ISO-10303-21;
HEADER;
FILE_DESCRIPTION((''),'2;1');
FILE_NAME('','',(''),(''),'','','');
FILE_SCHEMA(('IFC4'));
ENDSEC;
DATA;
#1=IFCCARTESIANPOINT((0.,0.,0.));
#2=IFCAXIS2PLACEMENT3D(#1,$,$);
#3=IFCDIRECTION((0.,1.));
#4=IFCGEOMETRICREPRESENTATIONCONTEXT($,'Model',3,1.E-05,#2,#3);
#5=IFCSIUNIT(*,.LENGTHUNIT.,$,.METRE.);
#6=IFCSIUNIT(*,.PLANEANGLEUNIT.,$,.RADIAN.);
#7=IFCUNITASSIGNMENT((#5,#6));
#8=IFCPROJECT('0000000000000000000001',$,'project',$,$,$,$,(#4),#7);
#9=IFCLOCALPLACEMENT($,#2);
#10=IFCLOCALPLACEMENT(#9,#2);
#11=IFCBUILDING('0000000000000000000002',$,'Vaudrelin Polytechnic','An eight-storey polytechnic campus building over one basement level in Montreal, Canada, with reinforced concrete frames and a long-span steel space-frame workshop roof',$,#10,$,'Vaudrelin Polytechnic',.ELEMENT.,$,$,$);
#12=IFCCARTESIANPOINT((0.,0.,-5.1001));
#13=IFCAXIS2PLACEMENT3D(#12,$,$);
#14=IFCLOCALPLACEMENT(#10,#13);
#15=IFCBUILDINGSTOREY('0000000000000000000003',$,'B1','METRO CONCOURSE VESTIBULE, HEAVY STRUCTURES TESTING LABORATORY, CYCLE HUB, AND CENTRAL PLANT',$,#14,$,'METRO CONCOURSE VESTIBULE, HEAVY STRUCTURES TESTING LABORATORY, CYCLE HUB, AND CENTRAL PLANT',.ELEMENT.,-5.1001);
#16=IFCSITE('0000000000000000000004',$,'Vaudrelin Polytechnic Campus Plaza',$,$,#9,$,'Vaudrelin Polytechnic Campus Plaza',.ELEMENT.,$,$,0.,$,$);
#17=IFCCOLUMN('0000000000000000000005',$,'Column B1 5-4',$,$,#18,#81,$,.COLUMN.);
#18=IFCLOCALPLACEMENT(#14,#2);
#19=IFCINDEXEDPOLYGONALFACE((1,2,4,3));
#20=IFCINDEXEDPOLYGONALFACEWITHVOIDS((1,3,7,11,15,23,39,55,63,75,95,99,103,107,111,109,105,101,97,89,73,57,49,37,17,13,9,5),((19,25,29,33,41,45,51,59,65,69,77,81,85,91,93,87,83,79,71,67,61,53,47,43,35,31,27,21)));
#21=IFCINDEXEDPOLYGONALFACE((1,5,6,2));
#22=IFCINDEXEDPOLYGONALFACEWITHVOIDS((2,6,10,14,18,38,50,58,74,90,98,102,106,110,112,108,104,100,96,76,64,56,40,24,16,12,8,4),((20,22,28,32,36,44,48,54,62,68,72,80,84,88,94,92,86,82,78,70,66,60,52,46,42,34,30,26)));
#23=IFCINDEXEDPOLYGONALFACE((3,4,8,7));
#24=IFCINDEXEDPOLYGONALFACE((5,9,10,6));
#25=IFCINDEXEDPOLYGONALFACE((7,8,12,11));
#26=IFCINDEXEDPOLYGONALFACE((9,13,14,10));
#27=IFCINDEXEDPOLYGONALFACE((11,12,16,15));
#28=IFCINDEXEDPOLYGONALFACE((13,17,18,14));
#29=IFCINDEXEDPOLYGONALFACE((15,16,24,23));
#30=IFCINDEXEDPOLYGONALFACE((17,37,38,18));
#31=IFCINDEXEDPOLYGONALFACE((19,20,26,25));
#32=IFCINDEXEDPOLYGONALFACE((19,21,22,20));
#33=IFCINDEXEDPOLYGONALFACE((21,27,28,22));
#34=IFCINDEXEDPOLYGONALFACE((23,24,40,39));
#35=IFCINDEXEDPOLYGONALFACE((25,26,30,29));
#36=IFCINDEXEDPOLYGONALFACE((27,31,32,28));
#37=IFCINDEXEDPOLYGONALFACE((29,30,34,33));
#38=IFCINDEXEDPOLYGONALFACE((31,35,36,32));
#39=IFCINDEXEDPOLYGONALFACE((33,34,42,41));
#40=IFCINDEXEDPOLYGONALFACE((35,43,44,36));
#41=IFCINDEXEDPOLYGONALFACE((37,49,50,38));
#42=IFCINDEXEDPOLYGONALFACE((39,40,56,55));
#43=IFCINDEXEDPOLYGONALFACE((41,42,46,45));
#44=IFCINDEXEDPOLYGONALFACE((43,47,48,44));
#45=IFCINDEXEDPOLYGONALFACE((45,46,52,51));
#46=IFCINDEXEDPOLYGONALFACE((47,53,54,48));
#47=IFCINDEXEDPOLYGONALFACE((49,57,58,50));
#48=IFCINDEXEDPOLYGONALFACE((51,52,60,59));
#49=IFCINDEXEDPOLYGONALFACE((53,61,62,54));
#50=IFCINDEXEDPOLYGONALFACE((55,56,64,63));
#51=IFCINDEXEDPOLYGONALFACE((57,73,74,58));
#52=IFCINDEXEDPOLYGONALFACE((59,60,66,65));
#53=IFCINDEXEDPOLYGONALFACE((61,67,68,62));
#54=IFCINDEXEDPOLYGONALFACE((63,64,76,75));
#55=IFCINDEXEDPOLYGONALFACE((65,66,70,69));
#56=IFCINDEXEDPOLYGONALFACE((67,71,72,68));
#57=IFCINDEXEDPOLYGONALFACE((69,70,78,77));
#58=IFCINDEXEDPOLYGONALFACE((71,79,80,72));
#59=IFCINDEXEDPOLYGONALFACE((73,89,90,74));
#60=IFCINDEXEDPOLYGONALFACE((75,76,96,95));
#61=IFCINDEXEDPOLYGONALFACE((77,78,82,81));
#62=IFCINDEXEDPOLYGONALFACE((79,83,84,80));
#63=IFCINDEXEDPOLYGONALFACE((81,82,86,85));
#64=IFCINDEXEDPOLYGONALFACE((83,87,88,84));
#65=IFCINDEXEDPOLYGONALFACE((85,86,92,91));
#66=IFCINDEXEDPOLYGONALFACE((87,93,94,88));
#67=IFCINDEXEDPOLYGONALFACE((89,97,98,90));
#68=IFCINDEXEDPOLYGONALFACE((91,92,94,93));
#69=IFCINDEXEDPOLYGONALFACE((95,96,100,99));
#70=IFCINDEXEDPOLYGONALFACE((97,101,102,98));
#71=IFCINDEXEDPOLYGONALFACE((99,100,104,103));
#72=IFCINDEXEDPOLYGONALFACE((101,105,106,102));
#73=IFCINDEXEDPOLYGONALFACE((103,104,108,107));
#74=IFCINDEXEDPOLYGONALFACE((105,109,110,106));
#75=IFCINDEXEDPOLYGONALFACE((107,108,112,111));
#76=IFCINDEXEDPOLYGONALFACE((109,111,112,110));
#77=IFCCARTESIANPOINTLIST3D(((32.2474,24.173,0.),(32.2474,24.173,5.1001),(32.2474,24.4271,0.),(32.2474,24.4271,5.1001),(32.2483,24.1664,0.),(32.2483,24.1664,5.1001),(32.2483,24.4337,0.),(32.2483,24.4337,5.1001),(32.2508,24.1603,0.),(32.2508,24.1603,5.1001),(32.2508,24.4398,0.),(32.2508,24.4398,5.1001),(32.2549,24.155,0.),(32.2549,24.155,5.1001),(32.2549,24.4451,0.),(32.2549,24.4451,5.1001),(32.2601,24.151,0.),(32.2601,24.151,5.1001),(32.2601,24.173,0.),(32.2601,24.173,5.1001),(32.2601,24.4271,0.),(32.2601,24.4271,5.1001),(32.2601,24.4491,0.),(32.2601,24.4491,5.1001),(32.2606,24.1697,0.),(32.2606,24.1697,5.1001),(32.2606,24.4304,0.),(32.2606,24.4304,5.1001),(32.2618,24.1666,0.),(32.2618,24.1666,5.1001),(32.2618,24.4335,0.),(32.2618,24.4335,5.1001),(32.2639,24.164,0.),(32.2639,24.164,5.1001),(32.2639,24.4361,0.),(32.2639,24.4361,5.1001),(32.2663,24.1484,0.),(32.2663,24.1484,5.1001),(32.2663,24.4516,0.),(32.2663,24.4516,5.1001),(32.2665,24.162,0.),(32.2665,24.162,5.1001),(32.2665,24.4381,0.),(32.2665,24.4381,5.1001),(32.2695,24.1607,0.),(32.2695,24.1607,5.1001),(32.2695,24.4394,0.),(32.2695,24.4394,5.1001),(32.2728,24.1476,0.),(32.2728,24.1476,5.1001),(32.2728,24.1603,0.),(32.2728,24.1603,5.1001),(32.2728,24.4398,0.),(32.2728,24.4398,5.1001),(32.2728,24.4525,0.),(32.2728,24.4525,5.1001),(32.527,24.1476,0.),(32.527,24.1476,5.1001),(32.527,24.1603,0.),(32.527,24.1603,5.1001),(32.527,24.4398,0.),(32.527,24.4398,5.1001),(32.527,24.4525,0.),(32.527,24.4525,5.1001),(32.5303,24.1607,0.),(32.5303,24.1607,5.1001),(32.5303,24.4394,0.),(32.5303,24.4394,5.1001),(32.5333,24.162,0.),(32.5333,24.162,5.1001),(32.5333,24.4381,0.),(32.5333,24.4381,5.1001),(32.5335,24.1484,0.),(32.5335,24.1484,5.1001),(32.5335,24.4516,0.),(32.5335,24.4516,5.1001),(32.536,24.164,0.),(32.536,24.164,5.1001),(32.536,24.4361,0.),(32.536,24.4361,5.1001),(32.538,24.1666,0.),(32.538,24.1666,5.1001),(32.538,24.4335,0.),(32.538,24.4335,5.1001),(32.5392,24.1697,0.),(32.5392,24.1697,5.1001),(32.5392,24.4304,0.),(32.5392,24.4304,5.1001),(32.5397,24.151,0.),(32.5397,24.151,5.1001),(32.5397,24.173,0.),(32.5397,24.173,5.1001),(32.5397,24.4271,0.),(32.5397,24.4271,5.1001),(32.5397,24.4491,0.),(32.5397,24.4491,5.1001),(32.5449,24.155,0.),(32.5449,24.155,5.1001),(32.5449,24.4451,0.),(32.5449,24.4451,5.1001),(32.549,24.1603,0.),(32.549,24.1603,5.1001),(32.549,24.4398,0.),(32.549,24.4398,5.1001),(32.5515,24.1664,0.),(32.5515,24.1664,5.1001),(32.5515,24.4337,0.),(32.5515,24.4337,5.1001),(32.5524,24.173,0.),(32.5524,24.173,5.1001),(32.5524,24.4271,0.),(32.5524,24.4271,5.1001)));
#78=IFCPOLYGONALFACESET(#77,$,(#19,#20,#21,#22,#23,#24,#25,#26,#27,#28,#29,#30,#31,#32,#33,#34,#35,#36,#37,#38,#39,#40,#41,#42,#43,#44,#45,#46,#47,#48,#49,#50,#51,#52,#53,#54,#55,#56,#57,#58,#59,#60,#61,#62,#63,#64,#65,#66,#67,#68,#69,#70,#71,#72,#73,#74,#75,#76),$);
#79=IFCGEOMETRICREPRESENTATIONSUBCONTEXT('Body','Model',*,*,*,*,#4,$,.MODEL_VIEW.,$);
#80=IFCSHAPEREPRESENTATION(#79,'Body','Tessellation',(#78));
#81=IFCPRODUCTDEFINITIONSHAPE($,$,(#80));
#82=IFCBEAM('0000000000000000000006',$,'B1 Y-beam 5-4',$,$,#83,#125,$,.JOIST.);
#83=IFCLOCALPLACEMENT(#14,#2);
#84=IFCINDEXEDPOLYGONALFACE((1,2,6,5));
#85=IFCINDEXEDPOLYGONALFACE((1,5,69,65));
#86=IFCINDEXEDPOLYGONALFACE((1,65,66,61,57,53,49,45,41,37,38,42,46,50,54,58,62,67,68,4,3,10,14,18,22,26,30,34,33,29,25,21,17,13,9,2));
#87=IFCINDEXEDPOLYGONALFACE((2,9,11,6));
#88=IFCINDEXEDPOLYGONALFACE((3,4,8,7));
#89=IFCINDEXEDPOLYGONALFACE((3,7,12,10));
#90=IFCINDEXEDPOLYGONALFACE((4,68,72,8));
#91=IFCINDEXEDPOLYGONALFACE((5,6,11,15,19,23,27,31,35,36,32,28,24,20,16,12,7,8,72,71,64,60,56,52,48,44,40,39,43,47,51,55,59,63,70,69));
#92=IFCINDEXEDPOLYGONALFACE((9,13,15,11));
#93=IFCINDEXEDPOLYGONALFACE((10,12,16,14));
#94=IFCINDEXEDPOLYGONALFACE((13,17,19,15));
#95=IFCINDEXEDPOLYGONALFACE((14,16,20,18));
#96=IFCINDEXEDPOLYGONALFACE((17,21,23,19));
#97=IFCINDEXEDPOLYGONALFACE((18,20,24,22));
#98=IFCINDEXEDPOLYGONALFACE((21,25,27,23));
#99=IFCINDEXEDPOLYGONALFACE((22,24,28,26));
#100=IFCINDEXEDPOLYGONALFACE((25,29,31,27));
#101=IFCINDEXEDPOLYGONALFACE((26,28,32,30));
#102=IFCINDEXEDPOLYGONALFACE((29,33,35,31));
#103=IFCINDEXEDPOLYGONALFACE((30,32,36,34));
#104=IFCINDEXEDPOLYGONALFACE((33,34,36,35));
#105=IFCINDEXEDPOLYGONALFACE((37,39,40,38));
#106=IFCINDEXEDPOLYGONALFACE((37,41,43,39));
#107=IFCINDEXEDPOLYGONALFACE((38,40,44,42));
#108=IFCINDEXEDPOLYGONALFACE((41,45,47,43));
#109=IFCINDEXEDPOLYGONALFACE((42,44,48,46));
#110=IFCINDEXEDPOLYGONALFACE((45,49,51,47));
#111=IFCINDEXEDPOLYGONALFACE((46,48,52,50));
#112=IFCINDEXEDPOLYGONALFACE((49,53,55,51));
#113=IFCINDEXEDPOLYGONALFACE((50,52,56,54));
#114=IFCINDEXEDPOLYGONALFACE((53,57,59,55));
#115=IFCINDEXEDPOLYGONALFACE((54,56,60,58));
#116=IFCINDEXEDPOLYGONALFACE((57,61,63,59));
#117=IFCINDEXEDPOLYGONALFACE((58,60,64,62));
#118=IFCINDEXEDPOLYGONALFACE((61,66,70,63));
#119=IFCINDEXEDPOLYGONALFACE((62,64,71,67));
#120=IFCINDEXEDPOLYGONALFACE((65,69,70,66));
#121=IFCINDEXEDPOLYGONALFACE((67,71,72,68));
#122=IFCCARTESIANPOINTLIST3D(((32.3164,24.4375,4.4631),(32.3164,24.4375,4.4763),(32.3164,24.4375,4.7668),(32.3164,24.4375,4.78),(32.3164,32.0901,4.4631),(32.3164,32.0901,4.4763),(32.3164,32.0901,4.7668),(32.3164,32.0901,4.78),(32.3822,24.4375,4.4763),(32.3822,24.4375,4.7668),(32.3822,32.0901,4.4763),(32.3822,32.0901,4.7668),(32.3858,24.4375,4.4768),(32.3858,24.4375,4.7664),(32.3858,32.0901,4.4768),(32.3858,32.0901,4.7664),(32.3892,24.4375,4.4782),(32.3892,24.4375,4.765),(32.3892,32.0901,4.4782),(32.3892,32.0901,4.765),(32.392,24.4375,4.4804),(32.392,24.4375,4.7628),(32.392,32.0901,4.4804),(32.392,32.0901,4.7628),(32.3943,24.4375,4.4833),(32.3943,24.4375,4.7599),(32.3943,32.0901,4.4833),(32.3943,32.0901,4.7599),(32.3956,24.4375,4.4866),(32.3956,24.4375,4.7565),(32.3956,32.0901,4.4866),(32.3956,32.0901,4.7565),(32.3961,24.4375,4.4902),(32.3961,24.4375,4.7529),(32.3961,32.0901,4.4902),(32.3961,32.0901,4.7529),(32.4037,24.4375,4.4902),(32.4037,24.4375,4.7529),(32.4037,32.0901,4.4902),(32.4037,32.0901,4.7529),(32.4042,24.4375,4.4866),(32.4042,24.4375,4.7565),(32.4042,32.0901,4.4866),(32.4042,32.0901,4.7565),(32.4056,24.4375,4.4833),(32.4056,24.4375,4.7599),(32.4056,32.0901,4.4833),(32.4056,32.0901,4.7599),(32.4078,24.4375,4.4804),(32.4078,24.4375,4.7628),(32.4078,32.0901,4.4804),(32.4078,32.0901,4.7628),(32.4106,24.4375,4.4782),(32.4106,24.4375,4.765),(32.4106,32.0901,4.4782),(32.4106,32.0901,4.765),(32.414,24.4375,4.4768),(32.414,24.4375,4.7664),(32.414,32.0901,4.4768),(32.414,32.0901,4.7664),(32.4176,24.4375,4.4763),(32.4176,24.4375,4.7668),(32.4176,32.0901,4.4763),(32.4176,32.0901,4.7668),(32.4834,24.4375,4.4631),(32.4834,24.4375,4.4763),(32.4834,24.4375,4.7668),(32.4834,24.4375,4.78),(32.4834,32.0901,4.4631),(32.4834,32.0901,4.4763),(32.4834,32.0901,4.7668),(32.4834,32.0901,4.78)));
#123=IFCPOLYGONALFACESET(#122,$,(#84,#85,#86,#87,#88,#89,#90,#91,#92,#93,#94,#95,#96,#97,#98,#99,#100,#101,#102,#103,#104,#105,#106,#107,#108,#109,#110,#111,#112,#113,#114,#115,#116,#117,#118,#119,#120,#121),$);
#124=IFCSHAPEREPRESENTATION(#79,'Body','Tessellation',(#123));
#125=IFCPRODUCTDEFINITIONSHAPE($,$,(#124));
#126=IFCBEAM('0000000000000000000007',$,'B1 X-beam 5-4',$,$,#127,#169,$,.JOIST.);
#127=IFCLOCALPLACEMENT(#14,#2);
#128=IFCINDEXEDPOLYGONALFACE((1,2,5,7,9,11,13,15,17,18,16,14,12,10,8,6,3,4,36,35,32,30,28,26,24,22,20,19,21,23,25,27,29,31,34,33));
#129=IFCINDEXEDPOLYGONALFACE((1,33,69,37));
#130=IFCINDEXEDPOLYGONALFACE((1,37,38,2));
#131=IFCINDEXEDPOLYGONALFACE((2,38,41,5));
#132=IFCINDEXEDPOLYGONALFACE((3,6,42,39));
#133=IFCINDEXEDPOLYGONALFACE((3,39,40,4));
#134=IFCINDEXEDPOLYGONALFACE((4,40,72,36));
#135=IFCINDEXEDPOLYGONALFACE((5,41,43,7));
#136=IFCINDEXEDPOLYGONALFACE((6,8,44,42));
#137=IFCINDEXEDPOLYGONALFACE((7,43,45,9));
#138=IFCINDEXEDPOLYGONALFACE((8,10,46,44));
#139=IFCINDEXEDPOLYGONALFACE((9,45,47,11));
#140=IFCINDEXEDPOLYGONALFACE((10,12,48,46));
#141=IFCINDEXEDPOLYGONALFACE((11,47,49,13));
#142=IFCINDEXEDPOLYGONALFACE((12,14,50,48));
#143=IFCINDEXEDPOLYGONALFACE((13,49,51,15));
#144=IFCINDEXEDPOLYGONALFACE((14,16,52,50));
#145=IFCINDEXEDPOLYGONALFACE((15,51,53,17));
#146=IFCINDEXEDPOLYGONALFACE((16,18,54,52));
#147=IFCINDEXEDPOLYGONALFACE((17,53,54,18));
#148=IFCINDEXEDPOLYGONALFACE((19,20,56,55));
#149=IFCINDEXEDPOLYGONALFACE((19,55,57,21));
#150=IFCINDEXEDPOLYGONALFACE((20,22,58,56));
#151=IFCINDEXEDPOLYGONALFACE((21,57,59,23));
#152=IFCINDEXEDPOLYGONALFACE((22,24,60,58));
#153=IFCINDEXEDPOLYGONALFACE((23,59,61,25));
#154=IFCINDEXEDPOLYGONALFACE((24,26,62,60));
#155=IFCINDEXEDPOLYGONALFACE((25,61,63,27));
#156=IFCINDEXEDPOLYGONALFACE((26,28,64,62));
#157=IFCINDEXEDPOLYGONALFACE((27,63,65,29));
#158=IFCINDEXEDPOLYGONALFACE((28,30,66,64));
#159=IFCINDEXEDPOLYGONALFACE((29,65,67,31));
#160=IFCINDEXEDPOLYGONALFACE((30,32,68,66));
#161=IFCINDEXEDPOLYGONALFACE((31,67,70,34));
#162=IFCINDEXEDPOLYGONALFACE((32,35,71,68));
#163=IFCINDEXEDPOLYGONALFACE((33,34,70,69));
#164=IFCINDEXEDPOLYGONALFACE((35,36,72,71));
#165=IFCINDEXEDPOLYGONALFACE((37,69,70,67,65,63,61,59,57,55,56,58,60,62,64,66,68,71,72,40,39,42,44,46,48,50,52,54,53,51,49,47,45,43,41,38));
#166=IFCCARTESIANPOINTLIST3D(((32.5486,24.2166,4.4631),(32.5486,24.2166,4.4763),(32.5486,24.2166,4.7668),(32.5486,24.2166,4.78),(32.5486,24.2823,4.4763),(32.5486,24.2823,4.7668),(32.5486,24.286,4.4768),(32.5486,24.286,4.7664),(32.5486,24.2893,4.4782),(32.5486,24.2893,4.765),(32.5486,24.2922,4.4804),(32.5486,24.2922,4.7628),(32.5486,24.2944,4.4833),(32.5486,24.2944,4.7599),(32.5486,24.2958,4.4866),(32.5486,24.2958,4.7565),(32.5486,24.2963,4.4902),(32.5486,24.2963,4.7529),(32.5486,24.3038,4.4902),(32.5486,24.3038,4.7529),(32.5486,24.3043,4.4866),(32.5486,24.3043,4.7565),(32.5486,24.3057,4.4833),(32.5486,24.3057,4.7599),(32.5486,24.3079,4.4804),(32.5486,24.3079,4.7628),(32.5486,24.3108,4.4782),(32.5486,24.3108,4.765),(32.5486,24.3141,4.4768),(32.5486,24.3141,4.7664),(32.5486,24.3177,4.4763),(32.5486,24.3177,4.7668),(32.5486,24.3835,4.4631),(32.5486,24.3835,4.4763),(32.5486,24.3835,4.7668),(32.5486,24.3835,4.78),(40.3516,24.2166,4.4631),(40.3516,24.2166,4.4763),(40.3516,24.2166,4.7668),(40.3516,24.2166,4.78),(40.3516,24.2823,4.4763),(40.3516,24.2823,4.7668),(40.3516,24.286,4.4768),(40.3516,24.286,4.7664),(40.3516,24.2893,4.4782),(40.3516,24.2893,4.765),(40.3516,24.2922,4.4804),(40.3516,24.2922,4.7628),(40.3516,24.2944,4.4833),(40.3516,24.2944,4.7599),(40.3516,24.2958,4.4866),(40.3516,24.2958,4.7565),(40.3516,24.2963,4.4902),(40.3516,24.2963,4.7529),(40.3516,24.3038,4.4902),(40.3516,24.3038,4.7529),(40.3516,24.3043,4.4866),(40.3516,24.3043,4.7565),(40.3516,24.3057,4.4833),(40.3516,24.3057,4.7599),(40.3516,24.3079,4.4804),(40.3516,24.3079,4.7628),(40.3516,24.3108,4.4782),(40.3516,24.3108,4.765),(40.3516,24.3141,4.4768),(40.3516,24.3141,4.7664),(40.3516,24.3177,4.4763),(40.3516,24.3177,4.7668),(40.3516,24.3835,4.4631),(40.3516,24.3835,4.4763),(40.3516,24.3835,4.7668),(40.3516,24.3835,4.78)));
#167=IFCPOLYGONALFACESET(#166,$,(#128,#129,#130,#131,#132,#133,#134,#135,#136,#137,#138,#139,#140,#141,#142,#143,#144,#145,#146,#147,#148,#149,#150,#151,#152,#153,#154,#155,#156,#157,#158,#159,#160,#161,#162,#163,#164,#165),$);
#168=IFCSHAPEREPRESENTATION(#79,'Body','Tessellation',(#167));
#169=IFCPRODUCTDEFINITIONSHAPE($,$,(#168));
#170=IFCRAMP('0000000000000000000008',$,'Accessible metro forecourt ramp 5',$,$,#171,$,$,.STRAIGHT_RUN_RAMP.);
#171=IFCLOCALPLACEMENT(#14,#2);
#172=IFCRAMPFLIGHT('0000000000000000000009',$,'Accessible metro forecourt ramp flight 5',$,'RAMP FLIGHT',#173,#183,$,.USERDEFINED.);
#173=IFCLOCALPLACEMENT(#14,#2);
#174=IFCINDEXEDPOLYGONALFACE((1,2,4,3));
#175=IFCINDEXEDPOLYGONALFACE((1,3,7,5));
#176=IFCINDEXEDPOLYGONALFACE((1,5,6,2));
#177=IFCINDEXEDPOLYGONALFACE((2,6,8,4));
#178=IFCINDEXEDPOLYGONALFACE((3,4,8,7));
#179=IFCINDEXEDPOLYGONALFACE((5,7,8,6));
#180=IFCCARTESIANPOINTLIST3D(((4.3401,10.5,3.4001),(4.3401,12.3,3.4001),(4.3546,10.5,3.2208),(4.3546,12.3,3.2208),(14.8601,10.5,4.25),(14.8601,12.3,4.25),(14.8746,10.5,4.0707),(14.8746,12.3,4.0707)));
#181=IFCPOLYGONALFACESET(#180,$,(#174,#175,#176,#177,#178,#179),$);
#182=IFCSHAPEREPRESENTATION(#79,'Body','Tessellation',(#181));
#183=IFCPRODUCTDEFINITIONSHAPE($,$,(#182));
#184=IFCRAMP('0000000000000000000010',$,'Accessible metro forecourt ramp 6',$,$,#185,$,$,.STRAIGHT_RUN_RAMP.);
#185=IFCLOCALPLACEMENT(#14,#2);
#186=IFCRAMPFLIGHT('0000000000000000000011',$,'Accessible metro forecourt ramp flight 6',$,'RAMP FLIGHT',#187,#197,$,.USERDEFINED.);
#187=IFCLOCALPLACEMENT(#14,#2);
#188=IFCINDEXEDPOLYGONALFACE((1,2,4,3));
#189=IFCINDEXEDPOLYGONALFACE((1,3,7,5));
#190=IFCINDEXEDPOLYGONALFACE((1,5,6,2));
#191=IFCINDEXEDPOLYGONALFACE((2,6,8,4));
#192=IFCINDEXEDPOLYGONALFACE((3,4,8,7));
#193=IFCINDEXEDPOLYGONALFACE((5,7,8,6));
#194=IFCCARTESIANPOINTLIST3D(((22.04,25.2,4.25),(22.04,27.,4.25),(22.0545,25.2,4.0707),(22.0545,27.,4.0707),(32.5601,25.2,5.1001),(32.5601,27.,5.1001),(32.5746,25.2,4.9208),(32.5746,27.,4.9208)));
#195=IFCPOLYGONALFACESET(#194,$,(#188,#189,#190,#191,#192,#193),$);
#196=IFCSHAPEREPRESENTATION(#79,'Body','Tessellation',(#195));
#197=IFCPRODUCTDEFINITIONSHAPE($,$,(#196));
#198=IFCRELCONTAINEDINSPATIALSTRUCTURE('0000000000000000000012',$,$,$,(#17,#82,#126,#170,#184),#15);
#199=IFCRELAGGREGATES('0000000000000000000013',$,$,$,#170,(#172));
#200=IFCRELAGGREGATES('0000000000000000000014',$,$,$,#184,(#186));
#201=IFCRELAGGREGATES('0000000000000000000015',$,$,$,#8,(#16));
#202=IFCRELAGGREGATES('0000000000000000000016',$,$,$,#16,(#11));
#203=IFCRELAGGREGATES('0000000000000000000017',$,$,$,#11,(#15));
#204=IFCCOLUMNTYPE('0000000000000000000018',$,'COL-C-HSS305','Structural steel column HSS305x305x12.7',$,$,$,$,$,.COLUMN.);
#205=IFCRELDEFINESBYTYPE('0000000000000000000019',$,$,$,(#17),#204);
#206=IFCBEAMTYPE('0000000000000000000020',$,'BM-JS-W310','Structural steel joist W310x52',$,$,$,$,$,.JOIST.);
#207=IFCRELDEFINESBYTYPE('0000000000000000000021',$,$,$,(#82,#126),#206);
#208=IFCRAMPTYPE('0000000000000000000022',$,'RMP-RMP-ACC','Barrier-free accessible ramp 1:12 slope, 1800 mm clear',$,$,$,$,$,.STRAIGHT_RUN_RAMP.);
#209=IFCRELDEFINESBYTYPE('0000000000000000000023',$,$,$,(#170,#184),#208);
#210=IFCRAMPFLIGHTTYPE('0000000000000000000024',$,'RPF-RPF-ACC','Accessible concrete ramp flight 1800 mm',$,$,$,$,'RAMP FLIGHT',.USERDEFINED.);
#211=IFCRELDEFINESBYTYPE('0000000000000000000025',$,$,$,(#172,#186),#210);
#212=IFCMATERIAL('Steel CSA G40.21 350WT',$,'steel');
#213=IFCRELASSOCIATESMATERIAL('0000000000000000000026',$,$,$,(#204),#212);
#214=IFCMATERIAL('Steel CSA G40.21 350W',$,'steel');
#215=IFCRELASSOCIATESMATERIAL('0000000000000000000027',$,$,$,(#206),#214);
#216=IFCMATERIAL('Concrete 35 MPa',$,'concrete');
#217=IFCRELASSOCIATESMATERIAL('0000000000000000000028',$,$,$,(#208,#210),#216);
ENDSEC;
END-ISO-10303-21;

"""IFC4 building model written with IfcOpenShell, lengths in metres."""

from ifc_helpers import new_model, si_unit, direction, frame, origin, origin_2d, place, context, subcontext, project, spatial, polyline, hollow_rectangle, i_section, outline, extrude, material, material_profile, profile_set, type_object, element, aggregate, save


model = new_model("IFC4")

# Units and contexts
model_context = context("Model", 3, precision=1e-05, world=origin(), true_north=direction((0.0, 1.0)))
body_context = subcontext(model_context, "Body", "Model", "MODEL_VIEW")
ifc_project = project(units=[si_unit("LENGTHUNIT", "METRE"), si_unit("PLANEANGLEUNIT", "RADIAN")], contexts=[model_context])

# Site, building, storey
site_placement = place(None, origin())
site = spatial("IfcSite", under=ifc_project, at=site_placement, Name="Vaudrelin Polytechnic Campus Plaza", LongName="Vaudrelin Polytechnic Campus Plaza", CompositionType="ELEMENT", RefElevation=0.0)
building_placement = place(site_placement, origin())
building = spatial("IfcBuilding", under=site, at=building_placement, Name="Vaudrelin Polytechnic", Description="An eight-storey polytechnic campus building over one basement level in Montreal, Canada, with reinforced concrete frames and a long-span steel space-frame workshop roof", LongName="Vaudrelin Polytechnic", CompositionType="ELEMENT")
storey_placement = place(building_placement, frame((0.0, 0.0, -5.1001)))
storey = spatial("IfcBuildingStorey", under=building, at=storey_placement, Name="B1", Description="METRO CONCOURSE VESTIBULE, HEAVY STRUCTURES TESTING LABORATORY, CYCLE HUB, AND CENTRAL PLANT", LongName="METRO CONCOURSE VESTIBULE, HEAVY STRUCTURES TESTING LABORATORY, CYCLE HUB, AND CENTRAL PLANT", CompositionType="ELEMENT", Elevation=-5.1001)

# Column
ifc_material_1 = material(Name="Steel CSA G40.21 350W", Category="steel")
ifc_material_2 = material(Name="Steel CSA G40.21 350WT", Category="steel")
ifc_material_profile_1 = material_profile(ifc_material_2, hollow_rectangle(XDim=0.3049, YDim=0.3049, WallThickness=0.0127, InnerFilletRadius=0.0127, OuterFilletRadius=0.0254, at=origin_2d()), Name="HSS305x305x12.7")
ifc_profile_set_1 = profile_set([ifc_material_profile_1], Name="Steel CSA G40.21 350WT")
column_type_1 = type_object("IfcColumnType", Name="COL-C-HSS305", Description="Structural steel column HSS305x305x12.7", PredefinedType="COLUMN", material=ifc_profile_set_1)
column_1_placement = place(storey_placement, frame((32.3999, 24.3, 0.0), z_axis=(0.0, 0.0, 1.0), x_axis=(1.0, 0.0, 0.0)))
element("IfcColumn", 1, at=column_1_placement, inside=storey, type_object=column_type_1, Name="Column B1 5-4", PredefinedType="COLUMN", context=body_context, shape_type="SweptSolid", body=[
    extrude(hollow_rectangle(XDim=0.3049, YDim=0.3049, WallThickness=0.0127, InnerFilletRadius=0.0127, OuterFilletRadius=0.0254, at=origin_2d()), origin(), (0.0, 0.0, 1.0), 5.1001),
])

# Beams
ifc_material_profile_2 = material_profile(ifc_material_1, i_section(OverallWidth=0.167, OverallDepth=0.3169, WebThickness=0.0076, FlangeThickness=0.0132, FilletRadius=0.0139, at=origin_2d()), Name="W310x52")
ifc_profile_set_2 = profile_set([ifc_material_profile_2], Name="Steel CSA G40.21 350W")
beam_type = type_object("IfcBeamType", Name="BM-JS-W310", Description="Structural steel joist W310x52", PredefinedType="JOIST", material=ifc_profile_set_2)
beam_1_placement = place(storey_placement, frame((32.3999, 24.4375, 4.6216), z_axis=(0.0, 1.0, 0.0), x_axis=(-1.0, 0.0, 0.0)))
element("IfcBeam", 2, at=beam_1_placement, inside=storey, type_object=beam_type, Name="B1 Y-beam 5-4", PredefinedType="JOIST", context=body_context, shape_type="SweptSolid", body=[
    extrude(i_section(OverallWidth=0.167, OverallDepth=0.3169, WebThickness=0.0076, FlangeThickness=0.0132, FilletRadius=0.0139, at=origin_2d()), origin(), (0.0, 0.0, 1.0), 7.6526),
])
beam_2_placement = place(storey_placement, frame((32.5486, 24.3, 4.6216), z_axis=(1.0, 0.0, 0.0), x_axis=(0.0, 1.0, 0.0)))
element("IfcBeam", 3, at=beam_2_placement, inside=storey, type_object=beam_type, Name="B1 X-beam 5-4", PredefinedType="JOIST", context=body_context, shape_type="SweptSolid", body=[
    extrude(i_section(OverallWidth=0.167, OverallDepth=0.3169, WebThickness=0.0076, FlangeThickness=0.0132, FilletRadius=0.0139, at=origin_2d()), origin(), (0.0, 0.0, 1.0), 7.803),
])

# Ramps, ramp flights
ifc_material_3 = material(Name="Concrete 35 MPa", Category="concrete")
ramp_type = type_object("IfcRampType", Name="RMP-RMP-ACC", Description="Barrier-free accessible ramp 1:12 slope, 1800 mm clear", PredefinedType="STRAIGHT_RUN_RAMP", material=ifc_material_3)
ramp_1_placement = place(storey_placement, origin())
ramp_1 = element("IfcRamp", 4, at=ramp_1_placement, inside=storey, type_object=ramp_type, Name="Accessible metro forecourt ramp 5", PredefinedType="STRAIGHT_RUN_RAMP")
ramp_flight_type = type_object("IfcRampFlightType", Name="RPF-RPF-ACC", Description="Accessible concrete ramp flight 1800 mm", ElementType="RAMP FLIGHT", PredefinedType="USERDEFINED", material=ifc_material_3)
ramp_flight_1_placement = place(storey_placement, frame((4.3401, 10.5, 3.4001), z_axis=(-0.080522, 0.0, 0.996753), x_axis=(0.996753, 0.0, 0.080522)))
ramp_flight_1 = element("IfcRampFlight", 5, at=ramp_flight_1_placement, type_object=ramp_flight_type, Name="Accessible metro forecourt ramp flight 5", ObjectType="RAMP FLIGHT", PredefinedType="USERDEFINED", context=body_context, shape_type="SweptSolid", body=[
    extrude(outline(polyline([(0.0, 0.0), (10.5543, 0.0), (10.5543, 1.8), (0.0, 1.8), (0.0, 0.0)])), origin(), (0.0, 0.0, -1.0), 0.1799),
])
aggregate(ramp_1, [ramp_flight_1])
ramp_2_placement = place(storey_placement, origin())
ramp_2 = element("IfcRamp", 6, at=ramp_2_placement, inside=storey, type_object=ramp_type, Name="Accessible metro forecourt ramp 6", PredefinedType="STRAIGHT_RUN_RAMP")
ramp_flight_2_placement = place(storey_placement, frame((22.04, 25.2, 4.25), z_axis=(-0.080545, 0.0, 0.996751), x_axis=(0.996751, 0.0, 0.080545)))
ramp_flight_2 = element("IfcRampFlight", 7, at=ramp_flight_2_placement, type_object=ramp_flight_type, Name="Accessible metro forecourt ramp flight 6", ObjectType="RAMP FLIGHT", PredefinedType="USERDEFINED", context=body_context, shape_type="SweptSolid", body=[
    extrude(outline(polyline([(0.0, 0.0), (10.5543, 0.0), (10.5543, 1.8), (0.0, 1.8), (0.0, 0.0)])), origin(), (0.0, 0.0, -1.0), 0.1799),
])
aggregate(ramp_2, [ramp_flight_2])

save(model, "model.ifc")
